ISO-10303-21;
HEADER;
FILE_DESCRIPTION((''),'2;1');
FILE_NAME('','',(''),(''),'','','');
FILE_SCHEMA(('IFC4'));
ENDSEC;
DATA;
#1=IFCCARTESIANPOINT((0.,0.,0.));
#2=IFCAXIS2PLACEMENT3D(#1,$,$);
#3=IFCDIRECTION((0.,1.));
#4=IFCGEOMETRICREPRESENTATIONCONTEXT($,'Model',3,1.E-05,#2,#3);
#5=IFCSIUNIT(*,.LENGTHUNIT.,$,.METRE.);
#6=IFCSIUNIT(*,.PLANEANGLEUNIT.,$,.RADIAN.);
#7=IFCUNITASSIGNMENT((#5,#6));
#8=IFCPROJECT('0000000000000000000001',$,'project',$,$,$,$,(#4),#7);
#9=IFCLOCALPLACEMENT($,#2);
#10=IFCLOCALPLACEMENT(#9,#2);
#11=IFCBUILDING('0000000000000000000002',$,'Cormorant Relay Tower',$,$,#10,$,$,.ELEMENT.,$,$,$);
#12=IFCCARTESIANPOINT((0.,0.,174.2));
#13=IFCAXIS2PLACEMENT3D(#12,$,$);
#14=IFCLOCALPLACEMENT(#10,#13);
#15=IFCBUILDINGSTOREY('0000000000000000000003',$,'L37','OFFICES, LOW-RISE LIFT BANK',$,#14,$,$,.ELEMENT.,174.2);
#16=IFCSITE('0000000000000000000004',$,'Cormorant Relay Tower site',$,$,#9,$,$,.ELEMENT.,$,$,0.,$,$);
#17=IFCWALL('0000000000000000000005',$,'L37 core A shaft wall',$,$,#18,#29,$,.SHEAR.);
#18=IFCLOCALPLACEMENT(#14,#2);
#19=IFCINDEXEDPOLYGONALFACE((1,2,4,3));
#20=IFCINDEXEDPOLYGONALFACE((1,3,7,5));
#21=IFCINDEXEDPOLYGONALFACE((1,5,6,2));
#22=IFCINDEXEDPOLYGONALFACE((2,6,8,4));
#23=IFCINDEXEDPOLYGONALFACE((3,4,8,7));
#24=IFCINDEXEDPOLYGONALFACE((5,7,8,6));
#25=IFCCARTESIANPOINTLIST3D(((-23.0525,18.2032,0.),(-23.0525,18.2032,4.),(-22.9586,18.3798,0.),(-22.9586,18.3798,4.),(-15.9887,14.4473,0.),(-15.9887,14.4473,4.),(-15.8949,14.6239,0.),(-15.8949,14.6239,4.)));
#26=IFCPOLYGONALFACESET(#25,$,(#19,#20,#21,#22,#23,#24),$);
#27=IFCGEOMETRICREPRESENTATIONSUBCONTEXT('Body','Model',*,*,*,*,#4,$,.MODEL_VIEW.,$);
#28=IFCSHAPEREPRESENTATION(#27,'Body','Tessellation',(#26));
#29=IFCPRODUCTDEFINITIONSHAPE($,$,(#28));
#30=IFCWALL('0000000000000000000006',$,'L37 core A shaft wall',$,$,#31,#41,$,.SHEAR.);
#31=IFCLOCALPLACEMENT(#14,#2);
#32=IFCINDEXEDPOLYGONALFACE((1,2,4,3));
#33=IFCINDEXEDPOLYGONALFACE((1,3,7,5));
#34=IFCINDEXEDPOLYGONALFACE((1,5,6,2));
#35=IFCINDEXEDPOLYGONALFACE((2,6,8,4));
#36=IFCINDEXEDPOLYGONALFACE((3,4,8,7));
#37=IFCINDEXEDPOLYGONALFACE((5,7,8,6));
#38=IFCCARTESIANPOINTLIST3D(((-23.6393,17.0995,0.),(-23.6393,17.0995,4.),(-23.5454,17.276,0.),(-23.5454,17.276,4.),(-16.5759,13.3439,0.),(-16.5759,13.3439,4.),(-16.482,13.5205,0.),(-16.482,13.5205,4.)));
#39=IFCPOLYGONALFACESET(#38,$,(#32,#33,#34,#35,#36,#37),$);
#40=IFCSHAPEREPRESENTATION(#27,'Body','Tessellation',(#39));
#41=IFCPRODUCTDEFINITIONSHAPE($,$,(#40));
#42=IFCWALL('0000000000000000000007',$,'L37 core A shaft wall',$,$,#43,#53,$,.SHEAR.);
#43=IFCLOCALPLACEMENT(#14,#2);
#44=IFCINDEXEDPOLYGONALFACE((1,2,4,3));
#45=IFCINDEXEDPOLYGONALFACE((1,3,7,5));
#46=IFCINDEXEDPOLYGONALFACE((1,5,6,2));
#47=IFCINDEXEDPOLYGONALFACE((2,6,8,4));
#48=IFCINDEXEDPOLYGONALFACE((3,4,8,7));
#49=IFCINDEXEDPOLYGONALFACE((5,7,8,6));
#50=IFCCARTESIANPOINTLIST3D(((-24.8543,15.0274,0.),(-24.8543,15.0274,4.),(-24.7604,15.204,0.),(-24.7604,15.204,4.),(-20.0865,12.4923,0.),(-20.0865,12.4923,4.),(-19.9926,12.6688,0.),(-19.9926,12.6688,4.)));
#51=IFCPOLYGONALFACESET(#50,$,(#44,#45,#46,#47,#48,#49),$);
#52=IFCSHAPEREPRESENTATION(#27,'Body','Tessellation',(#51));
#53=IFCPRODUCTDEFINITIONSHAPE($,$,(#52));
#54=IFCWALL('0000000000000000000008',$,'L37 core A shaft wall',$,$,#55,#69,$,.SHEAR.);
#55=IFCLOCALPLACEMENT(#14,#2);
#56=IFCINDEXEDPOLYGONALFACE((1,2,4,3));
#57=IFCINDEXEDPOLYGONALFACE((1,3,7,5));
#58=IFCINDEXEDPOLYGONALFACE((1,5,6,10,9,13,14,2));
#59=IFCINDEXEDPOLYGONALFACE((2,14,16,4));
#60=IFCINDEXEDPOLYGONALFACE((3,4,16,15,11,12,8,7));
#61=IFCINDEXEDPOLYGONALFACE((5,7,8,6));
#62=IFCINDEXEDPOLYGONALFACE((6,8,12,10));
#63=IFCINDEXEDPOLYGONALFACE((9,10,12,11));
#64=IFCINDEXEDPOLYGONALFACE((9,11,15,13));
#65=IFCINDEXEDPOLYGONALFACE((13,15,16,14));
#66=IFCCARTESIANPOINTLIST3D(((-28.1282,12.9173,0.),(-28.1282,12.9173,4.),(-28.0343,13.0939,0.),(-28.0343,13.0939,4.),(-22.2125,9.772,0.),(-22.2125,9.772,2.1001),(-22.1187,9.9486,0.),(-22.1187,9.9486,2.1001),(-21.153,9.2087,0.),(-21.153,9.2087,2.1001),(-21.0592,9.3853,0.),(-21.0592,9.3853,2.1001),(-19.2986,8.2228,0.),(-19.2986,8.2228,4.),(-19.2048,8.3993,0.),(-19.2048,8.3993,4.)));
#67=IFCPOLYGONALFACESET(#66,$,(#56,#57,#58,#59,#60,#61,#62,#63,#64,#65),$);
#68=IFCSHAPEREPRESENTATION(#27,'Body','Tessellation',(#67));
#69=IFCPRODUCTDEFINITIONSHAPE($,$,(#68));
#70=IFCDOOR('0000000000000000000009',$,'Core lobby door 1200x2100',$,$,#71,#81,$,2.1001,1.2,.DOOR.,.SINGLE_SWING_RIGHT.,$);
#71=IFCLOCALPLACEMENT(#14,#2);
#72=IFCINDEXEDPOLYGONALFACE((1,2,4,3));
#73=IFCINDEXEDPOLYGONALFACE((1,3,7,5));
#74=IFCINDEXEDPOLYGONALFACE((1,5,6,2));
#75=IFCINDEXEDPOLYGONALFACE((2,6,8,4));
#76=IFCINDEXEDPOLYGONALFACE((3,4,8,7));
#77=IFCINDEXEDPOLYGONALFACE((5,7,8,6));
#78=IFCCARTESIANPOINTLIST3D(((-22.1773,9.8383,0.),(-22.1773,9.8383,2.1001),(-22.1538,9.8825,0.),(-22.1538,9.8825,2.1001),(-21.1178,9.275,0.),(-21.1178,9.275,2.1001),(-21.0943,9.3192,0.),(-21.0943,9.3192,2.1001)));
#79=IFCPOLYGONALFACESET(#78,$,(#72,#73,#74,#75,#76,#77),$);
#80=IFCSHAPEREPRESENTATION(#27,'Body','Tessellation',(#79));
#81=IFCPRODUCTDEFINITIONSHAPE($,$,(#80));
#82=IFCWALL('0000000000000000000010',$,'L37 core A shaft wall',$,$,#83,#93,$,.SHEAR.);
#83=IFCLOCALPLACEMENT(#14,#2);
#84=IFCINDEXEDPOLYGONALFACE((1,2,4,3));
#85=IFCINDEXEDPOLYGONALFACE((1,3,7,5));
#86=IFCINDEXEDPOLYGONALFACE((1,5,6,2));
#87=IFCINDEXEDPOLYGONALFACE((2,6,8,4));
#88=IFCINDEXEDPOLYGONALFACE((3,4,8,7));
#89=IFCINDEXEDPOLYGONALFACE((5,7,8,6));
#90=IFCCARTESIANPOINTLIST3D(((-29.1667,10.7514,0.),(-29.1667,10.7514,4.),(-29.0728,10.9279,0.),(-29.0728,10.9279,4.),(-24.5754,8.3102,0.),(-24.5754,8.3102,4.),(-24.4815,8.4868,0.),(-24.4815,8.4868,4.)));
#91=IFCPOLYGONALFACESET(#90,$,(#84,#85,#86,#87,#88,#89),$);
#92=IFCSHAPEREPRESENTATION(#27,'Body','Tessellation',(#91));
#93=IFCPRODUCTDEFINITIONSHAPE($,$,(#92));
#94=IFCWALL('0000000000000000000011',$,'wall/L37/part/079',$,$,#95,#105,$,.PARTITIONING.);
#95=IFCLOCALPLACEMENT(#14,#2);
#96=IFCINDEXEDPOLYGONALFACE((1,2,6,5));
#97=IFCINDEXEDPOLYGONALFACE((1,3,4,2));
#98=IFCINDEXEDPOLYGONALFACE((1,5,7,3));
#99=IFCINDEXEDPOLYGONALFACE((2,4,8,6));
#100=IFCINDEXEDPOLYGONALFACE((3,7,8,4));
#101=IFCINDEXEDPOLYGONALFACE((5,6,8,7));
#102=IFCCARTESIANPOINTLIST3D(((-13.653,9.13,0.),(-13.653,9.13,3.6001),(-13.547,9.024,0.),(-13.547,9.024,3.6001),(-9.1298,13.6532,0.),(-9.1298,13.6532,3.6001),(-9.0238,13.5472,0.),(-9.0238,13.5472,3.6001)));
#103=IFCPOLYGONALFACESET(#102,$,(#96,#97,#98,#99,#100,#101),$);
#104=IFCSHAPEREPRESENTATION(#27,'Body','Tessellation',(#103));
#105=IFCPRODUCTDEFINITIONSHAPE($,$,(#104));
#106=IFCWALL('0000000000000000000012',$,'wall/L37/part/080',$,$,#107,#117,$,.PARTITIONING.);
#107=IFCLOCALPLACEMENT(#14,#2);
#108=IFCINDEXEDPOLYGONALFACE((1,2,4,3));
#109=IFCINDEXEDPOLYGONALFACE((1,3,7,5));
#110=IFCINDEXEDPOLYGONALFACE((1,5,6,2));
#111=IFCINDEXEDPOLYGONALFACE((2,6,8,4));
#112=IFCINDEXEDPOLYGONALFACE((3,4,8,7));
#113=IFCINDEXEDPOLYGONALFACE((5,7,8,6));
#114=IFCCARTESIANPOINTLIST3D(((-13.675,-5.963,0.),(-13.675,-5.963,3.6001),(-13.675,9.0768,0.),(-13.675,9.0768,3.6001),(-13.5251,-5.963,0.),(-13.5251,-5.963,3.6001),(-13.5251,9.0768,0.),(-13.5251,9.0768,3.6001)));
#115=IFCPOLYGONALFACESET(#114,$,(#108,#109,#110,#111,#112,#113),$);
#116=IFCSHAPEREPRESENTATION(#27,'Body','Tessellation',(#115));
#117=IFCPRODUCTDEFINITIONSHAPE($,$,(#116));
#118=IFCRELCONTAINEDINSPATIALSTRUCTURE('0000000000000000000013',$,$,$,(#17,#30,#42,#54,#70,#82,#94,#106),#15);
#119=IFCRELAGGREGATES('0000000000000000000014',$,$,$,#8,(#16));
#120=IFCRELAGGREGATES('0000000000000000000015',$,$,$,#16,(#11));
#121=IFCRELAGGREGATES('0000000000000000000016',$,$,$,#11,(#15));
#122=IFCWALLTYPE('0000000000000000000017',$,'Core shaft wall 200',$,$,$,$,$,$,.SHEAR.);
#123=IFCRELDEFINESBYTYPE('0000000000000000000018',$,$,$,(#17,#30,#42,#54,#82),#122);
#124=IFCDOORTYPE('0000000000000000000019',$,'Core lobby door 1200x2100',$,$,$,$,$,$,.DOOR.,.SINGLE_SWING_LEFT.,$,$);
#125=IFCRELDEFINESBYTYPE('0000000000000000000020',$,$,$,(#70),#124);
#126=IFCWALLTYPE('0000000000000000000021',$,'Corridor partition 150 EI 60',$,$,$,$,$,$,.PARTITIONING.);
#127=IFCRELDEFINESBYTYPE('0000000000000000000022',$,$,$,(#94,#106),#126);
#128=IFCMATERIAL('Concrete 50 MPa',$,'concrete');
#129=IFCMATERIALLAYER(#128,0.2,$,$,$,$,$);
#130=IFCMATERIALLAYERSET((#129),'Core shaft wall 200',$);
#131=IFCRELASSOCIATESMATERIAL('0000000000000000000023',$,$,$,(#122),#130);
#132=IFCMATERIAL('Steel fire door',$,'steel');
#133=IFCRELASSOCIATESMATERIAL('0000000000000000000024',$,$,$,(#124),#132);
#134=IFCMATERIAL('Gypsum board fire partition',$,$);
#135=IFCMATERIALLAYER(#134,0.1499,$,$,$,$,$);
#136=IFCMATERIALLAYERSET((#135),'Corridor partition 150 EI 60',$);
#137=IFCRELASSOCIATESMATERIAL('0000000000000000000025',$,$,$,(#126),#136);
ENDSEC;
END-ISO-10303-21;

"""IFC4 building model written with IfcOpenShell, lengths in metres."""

from ifc_helpers import new_model, si_unit, direction, frame, frame_2d, origin, place, context, subcontext, project, spatial, rectangle, extrude, material, layer, layer_set, type_object, element, fill, save


model = new_model("IFC4")

# Units and contexts
model_context = context("Model", 3, precision=1e-05, world=origin(), true_north=direction((0.0, 1.0)))
body_context = subcontext(model_context, "Body", "Model", "MODEL_VIEW")
ifc_project = project(units=[si_unit("LENGTHUNIT", "METRE"), si_unit("PLANEANGLEUNIT", "RADIAN")], contexts=[model_context])

# Site, building, storey
site_placement = place(None, origin())
site = spatial("IfcSite", under=ifc_project, at=site_placement, Name="Cormorant Relay Tower site", CompositionType="ELEMENT", RefElevation=0.0)
building_placement = place(site_placement, origin())
building = spatial("IfcBuilding", under=site, at=building_placement, Name="Cormorant Relay Tower", CompositionType="ELEMENT")
storey_placement = place(building_placement, frame((0.0, 0.0, 174.2)))
storey = spatial("IfcBuildingStorey", under=building, at=storey_placement, Name="L37", Description="OFFICES, LOW-RISE LIFT BANK", CompositionType="ELEMENT", Elevation=174.2)

# Shared definitions
ifc_material_1 = material(Name="Concrete 50 MPa", Category="concrete")
ifc_layer_1 = layer(ifc_material_1, 0.2)
ifc_layer_set_1 = layer_set([ifc_layer_1], Name="Core shaft wall 200")
wall_type_1 = type_object("IfcWallType", Name="Core shaft wall 200", PredefinedType="SHEAR", material=ifc_layer_set_1)

# Walls
wall_1_placement = place(storey_placement, frame((-15.9419, 14.5356, 0.0), z_axis=(0.0, 0.0, 1.0), x_axis=(-0.882947, 0.469473, 0.0)))
element("IfcWall", 1, at=wall_1_placement, inside=storey, type_object=wall_type_1, Name="L37 core A shaft wall", PredefinedType="SHEAR", context=body_context, shape_type="SweptSolid", body=[
    extrude(rectangle(XDim=8.0002, YDim=0.2, at=frame_2d((4.0, 0.0))), origin(), (0.0, 0.0, 1.0), 4.0),
])
wall_2_placement = place(storey_placement, frame((-16.5288, 13.4321, 0.0), z_axis=(0.0, 0.0, 1.0), x_axis=(-0.882953, 0.469462, 0.0)))
element("IfcWall", 2, at=wall_2_placement, inside=storey, type_object=wall_type_1, Name="L37 core A shaft wall", PredefinedType="SHEAR", context=body_context, shape_type="SweptSolid", body=[
    extrude(rectangle(XDim=7.9998, YDim=0.2, at=frame_2d((4.0, 0.0))), origin(), (0.0, 0.0, 1.0), 4.0),
])
wall_3_placement = place(storey_placement, frame((-20.0396, 12.5806, 0.0), z_axis=(0.0, 0.0, 1.0), x_axis=(-0.882943, 0.46948, 0.0)))
element("IfcWall", 3, at=wall_3_placement, inside=storey, type_object=wall_type_1, Name="L37 core A shaft wall", PredefinedType="SHEAR", context=body_context, shape_type="SweptSolid", body=[
    extrude(rectangle(XDim=5.3999, YDim=0.2, at=frame_2d((2.7, 0.0))), origin(), (0.0, 0.0, 1.0), 4.0),
])

# Wall, opening, door
wall_4_placement = place(storey_placement, frame((-19.2517, 8.311, 0.0), z_axis=(0.0, 0.0, 1.0), x_axis=(-0.882956, 0.469456, 0.0)))
wall_4 = element("IfcWall", 4, at=wall_4_placement, inside=storey, type_object=wall_type_1, Name="L37 core A shaft wall", PredefinedType="SHEAR", context=body_context, shape_type="SweptSolid", body=[
    extrude(rectangle(XDim=10.0, YDim=0.2, at=frame_2d((5.0, 0.0))), origin(), (0.0, 0.0, 1.0), 4.0),
])
opening_1_placement = place(wall_4_placement, frame((2.1001, 0.0, 0.0)))
opening_1 = element("IfcOpeningElement", 5, at=opening_1_placement, cuts=wall_4, PredefinedType="OPENING", context=body_context, shape_type="SweptSolid", body=[
    extrude(rectangle(XDim=1.2, YDim=2.1001, at=frame_2d((0.6001, 1.05))), frame((0.0, 0.1099, 0.0), z_axis=(0.0, -1.0, 0.0), x_axis=(1.0, 0.0, 0.0)), (0.0, 0.0, 1.0), 0.22),
])
ifc_material_2 = material(Name="Steel fire door", Category="steel")
door_type_1 = type_object("IfcDoorType", Name="Core lobby door 1200x2100", OperationType="SINGLE_SWING_LEFT", PredefinedType="DOOR", material=ifc_material_2)
door_1_placement = place(opening_1_placement, origin())
door_1 = element("IfcDoor", 6, at=door_1_placement, inside=storey, type_object=door_type_1, Name="Core lobby door 1200x2100", OperationType="SINGLE_SWING_RIGHT", OverallHeight=2.1001, OverallWidth=1.2, PredefinedType="DOOR", context=body_context, shape_type="SweptSolid", body=[
    extrude(rectangle(XDim=1.2, YDim=2.1001, at=frame_2d((0.6001, 1.05))), frame((0.0, 0.0249, 0.0), z_axis=(0.0, -1.0, 0.0), x_axis=(1.0, 0.0, 0.0)), (0.0, 0.0, 1.0), 0.05),
])
fill(opening_1, door_1)

# Walls
wall_5_placement = place(storey_placement, frame((-24.5283, 8.3984, 0.0), z_axis=(0.0, 0.0, 1.0), x_axis=(-0.882954, 0.46946, 0.0)))
element("IfcWall", 7, at=wall_5_placement, inside=storey, type_object=wall_type_1, Name="L37 core A shaft wall", PredefinedType="SHEAR", context=body_context, shape_type="SweptSolid", body=[
    extrude(rectangle(XDim=5.2, YDim=0.2, at=frame_2d((2.6001, 0.0))), origin(), (0.0, 0.0, 1.0), 4.0),
])
ifc_material_3 = material(Name="Gypsum board fire partition")
ifc_layer_2 = layer(ifc_material_3, 0.1499)
ifc_layer_set_2 = layer_set([ifc_layer_2], Name="Corridor partition 150 EI 60")
wall_type_2 = type_object("IfcWallType", Name="Corridor partition 150 EI 60", PredefinedType="PARTITIONING", material=ifc_layer_set_2)
wall_6_placement = place(storey_placement, frame((-9.0769, 13.6001, 0.0), z_axis=(0.0, 0.0, 1.0), x_axis=(-0.707107, -0.707107, 0.0)))
element("IfcWall", 8, at=wall_6_placement, inside=storey, type_object=wall_type_2, Name="wall/L37/part/079", PredefinedType="PARTITIONING", context=body_context, shape_type="SweptSolid", body=[
    extrude(rectangle(XDim=6.3967, YDim=0.1499, at=frame_2d((3.1982, 0.0))), origin(), (0.0, 0.0, 1.0), 3.6001),
])
wall_7_placement = place(storey_placement, frame((-13.6001, 9.0769, 0.0), z_axis=(0.0, 0.0, 1.0), x_axis=(0.0, -1.0, 0.0)))
element("IfcWall", 9, at=wall_7_placement, inside=storey, type_object=wall_type_2, Name="wall/L37/part/080", PredefinedType="PARTITIONING", context=body_context, shape_type="SweptSolid", body=[
    extrude(rectangle(XDim=15.0398, YDim=0.1499, at=frame_2d((7.52, 0.0))), origin(), (0.0, 0.0, 1.0), 3.6001),
])

save(model, "model.ifc")
